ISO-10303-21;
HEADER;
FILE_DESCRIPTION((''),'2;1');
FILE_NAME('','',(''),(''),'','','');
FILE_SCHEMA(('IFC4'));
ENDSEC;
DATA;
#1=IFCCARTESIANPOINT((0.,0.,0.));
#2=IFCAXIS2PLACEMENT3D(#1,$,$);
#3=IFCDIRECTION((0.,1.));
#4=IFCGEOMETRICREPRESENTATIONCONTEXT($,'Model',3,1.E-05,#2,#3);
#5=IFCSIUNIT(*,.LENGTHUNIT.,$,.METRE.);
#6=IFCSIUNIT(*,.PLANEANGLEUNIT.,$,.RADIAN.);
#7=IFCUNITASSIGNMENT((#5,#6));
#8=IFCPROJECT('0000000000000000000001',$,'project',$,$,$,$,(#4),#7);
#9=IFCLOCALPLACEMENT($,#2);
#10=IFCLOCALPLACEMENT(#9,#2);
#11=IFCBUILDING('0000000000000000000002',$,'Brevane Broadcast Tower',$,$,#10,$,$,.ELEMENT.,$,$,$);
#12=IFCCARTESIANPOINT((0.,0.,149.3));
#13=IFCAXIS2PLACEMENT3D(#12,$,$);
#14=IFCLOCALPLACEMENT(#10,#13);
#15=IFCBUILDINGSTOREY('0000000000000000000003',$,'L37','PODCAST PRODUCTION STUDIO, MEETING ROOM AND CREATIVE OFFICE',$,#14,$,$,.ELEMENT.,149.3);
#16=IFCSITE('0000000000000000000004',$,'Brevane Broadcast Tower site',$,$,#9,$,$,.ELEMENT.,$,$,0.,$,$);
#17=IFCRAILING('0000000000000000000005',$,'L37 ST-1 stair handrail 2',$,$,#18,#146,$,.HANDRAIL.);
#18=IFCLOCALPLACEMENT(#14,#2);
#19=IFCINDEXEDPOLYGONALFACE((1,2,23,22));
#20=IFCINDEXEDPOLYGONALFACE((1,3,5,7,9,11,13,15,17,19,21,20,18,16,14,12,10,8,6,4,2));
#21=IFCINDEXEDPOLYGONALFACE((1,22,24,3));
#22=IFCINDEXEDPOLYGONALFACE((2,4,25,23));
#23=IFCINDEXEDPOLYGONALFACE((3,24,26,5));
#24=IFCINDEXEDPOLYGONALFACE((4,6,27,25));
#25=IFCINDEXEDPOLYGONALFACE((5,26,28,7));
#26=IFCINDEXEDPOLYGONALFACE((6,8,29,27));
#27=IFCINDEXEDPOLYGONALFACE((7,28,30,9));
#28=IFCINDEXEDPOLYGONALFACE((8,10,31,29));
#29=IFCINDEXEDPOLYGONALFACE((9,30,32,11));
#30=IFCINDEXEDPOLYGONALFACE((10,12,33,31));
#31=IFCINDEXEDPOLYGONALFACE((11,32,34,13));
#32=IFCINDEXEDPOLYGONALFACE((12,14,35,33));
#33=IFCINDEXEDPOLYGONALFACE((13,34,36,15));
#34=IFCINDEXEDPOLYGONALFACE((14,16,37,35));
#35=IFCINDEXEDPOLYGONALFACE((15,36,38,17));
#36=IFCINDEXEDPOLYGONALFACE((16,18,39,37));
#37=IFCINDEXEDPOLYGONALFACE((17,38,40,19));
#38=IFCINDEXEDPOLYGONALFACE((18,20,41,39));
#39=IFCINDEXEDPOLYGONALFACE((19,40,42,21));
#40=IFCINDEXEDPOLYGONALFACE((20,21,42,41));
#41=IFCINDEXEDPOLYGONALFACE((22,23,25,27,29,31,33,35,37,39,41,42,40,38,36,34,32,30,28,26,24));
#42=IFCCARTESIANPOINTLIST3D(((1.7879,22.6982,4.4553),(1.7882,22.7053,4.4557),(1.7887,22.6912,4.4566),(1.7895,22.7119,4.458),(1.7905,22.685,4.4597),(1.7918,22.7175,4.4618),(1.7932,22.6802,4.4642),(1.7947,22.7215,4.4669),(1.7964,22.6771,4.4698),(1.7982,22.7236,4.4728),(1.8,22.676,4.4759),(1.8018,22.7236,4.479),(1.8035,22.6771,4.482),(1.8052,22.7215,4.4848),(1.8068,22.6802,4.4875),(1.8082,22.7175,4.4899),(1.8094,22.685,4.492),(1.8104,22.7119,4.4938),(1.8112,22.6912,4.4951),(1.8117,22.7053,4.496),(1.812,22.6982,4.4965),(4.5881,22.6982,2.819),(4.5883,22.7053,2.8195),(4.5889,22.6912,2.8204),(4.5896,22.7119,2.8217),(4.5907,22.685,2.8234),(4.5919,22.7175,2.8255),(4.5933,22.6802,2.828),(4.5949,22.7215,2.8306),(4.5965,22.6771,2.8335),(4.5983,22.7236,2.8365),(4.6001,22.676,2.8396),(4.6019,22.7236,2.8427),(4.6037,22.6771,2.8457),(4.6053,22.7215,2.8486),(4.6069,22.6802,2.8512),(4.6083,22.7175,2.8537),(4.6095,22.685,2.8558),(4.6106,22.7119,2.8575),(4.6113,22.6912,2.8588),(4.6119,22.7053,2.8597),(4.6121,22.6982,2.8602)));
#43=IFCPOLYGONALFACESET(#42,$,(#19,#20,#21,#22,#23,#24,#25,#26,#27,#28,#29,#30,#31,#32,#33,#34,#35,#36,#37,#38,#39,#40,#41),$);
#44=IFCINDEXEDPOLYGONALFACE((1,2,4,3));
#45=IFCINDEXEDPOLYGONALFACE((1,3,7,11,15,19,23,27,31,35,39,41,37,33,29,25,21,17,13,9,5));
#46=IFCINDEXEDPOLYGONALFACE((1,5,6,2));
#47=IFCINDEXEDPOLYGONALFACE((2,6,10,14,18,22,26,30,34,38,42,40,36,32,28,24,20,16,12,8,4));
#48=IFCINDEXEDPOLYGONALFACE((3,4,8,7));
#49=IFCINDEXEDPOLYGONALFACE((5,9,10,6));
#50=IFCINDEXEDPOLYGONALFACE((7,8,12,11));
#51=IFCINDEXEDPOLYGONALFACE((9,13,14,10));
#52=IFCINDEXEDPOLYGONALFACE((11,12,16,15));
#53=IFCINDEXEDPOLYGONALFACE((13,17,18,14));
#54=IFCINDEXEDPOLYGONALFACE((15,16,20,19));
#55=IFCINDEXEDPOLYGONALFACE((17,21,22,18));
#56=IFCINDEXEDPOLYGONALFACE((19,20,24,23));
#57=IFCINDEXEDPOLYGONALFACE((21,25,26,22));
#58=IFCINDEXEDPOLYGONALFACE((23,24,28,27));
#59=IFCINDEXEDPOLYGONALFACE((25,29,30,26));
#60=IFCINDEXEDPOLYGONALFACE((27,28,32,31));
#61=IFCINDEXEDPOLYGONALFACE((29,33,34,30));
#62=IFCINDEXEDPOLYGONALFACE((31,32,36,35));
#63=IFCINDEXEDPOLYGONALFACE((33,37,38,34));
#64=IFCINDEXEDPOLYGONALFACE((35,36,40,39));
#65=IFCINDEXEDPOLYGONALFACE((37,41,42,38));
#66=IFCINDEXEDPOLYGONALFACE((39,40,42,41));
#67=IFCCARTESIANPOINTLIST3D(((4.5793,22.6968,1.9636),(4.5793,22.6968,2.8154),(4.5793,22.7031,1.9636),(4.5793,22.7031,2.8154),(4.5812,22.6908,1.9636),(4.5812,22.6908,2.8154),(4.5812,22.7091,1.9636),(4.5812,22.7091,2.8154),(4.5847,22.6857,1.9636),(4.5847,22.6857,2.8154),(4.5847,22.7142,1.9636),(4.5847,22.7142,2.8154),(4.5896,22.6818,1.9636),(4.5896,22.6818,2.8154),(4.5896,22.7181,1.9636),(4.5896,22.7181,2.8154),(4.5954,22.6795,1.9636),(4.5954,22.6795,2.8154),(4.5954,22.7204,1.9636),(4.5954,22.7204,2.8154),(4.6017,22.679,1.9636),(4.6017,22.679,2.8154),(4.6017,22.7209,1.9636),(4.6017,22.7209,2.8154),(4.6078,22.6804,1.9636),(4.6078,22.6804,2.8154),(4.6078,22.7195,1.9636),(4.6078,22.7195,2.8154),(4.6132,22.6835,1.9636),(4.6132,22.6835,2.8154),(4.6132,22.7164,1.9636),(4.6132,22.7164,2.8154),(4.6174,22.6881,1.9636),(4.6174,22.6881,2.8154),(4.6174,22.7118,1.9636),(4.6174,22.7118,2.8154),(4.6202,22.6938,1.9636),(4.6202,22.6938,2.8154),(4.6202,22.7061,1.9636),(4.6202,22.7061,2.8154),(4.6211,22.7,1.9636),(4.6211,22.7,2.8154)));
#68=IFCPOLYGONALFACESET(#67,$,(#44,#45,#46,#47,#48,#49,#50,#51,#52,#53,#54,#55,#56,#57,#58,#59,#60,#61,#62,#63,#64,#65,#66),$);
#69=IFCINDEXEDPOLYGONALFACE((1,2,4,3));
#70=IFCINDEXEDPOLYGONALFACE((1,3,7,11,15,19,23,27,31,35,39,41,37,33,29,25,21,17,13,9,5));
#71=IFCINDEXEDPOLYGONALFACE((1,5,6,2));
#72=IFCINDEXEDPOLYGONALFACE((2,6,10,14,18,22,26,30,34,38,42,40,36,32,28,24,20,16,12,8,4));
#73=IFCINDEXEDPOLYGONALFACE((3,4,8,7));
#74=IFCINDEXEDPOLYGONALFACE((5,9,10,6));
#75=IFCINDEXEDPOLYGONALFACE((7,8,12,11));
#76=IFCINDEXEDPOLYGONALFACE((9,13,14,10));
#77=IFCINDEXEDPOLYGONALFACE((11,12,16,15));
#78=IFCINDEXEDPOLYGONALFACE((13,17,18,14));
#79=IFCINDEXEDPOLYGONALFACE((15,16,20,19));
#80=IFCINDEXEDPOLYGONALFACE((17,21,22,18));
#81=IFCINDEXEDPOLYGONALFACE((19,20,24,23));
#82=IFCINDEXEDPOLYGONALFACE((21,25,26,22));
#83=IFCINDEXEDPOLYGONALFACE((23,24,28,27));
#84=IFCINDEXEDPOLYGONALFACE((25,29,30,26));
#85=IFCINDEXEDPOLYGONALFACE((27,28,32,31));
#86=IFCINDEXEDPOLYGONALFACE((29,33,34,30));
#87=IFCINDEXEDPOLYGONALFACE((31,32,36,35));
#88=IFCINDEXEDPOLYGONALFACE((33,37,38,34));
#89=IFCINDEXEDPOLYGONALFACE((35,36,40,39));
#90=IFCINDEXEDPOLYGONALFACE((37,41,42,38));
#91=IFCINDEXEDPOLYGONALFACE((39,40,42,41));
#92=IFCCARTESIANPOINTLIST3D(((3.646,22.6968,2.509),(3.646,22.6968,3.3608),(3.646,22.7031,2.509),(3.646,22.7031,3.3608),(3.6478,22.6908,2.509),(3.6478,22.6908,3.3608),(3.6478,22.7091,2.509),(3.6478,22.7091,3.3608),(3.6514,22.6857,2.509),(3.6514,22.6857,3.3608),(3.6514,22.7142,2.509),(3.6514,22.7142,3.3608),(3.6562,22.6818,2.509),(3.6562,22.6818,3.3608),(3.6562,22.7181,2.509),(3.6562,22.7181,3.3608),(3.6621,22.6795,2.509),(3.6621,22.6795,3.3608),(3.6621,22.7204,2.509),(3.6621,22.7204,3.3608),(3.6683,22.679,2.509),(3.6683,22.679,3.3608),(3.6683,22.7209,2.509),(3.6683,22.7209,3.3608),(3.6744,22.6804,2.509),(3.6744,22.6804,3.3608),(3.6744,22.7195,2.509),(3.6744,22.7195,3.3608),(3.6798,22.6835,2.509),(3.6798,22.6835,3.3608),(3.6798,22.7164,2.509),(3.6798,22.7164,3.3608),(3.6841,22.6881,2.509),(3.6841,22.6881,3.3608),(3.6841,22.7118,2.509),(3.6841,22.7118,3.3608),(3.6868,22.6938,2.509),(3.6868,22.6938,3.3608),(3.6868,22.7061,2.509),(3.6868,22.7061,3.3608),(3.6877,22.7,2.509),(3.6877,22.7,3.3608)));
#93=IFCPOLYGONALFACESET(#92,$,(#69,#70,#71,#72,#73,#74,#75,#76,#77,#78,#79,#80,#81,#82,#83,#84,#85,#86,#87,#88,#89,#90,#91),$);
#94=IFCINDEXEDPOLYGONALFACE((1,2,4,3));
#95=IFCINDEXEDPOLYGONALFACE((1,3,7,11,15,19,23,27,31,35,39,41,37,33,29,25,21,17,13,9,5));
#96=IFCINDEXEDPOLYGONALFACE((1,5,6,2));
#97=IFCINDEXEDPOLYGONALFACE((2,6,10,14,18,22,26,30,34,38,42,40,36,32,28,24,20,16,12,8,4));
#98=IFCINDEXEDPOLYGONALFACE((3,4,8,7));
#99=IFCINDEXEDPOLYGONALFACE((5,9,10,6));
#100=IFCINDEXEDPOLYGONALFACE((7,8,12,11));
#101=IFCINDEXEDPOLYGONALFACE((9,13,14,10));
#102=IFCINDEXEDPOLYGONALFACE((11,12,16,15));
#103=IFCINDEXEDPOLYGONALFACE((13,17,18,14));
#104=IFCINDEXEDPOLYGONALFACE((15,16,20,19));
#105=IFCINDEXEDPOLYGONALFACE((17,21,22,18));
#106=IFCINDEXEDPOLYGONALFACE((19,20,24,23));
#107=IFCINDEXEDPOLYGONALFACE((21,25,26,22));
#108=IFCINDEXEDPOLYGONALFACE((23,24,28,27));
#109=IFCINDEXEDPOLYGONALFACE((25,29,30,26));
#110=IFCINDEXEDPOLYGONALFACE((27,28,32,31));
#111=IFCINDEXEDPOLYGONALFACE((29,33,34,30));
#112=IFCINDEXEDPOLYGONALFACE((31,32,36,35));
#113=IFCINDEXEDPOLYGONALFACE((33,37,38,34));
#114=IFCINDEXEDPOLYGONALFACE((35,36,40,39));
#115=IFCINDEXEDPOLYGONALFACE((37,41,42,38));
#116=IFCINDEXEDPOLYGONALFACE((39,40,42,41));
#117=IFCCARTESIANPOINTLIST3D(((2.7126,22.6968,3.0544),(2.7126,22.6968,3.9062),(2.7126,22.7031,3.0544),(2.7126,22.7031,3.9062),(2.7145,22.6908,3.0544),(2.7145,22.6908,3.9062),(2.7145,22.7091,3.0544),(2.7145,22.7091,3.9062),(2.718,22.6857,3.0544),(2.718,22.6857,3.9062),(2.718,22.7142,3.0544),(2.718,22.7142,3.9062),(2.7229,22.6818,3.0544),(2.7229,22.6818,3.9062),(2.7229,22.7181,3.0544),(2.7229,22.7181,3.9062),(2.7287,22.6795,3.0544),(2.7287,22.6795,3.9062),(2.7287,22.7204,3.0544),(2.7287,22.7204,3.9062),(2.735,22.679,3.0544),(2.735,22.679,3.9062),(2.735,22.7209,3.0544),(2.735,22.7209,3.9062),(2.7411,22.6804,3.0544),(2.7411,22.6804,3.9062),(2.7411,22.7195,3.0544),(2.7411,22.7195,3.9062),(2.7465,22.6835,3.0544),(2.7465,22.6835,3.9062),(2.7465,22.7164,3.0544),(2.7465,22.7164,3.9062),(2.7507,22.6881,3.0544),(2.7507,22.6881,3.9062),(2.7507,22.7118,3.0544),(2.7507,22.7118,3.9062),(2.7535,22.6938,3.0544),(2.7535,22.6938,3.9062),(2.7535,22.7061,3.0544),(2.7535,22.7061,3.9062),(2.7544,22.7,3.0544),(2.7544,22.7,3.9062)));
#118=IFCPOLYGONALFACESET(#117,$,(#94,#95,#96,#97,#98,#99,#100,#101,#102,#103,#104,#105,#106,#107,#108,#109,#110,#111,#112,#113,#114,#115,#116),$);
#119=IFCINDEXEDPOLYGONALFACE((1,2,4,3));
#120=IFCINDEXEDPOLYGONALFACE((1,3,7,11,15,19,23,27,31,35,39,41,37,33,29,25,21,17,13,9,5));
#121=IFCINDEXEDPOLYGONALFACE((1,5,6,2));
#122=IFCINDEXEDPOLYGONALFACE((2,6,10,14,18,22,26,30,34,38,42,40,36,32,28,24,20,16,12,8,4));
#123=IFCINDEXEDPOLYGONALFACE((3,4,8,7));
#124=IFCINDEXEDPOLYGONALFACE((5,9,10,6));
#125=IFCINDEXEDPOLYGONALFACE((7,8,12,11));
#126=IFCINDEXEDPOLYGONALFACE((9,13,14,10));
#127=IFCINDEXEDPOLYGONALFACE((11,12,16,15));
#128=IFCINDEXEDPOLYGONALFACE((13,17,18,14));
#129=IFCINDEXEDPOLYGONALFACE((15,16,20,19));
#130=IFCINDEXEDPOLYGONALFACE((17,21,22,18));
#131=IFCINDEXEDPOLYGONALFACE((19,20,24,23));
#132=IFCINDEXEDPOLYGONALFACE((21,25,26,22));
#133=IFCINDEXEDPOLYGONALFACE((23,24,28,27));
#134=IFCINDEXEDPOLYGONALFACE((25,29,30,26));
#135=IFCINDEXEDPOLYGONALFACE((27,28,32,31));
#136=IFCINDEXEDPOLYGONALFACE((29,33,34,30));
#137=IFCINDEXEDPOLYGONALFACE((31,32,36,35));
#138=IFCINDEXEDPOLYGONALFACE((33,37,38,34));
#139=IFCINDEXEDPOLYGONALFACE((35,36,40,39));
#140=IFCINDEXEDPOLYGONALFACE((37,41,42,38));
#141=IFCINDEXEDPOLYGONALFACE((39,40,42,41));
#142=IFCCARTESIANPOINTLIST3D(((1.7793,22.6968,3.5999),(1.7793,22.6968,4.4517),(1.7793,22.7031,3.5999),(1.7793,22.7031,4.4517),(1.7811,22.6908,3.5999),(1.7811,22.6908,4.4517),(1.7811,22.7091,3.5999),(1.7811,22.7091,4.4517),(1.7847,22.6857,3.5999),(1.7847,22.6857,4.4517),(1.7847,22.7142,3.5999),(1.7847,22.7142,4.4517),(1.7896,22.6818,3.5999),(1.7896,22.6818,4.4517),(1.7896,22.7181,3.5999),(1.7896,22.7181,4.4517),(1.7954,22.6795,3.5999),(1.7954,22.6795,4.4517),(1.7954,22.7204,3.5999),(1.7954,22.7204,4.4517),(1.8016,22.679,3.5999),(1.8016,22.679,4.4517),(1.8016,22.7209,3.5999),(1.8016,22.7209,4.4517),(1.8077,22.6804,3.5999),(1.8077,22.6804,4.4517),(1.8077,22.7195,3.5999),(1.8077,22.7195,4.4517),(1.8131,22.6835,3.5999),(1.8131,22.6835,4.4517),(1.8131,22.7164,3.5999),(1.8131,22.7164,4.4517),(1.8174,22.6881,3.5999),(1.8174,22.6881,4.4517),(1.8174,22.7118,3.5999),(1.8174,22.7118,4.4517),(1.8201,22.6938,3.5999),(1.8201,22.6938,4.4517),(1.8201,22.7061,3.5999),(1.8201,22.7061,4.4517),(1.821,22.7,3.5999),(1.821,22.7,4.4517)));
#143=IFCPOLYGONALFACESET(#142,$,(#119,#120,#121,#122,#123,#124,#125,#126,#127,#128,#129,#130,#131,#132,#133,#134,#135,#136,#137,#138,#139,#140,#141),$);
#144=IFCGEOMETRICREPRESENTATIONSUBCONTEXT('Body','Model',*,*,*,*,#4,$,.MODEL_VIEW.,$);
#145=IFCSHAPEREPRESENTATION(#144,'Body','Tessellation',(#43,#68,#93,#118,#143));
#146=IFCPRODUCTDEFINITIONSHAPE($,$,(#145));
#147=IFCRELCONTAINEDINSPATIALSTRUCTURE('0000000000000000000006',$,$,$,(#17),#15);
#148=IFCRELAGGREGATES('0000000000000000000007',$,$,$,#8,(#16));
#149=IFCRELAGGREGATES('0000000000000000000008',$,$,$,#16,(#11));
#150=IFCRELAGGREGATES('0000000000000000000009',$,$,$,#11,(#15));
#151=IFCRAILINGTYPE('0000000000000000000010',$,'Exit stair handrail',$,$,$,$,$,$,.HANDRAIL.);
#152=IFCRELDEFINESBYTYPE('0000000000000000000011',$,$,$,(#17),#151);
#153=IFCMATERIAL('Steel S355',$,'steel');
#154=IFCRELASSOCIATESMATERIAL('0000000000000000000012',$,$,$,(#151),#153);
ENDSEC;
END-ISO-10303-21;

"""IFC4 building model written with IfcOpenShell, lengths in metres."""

from ifc_helpers import new_model, si_unit, direction, frame, origin, origin_2d, place, context, subcontext, project, spatial, circle, extrude, material, type_object, element, save


model = new_model("IFC4")

# Units and contexts
model_context = context("Model", 3, precision=1e-05, world=origin(), true_north=direction((0.0, 1.0)))
body_context = subcontext(model_context, "Body", "Model", "MODEL_VIEW")
ifc_project = project(units=[si_unit("LENGTHUNIT", "METRE"), si_unit("PLANEANGLEUNIT", "RADIAN")], contexts=[model_context])

# Site, building, storey
site_placement = place(None, origin())
site = spatial("IfcSite", under=ifc_project, at=site_placement, Name="Brevane Broadcast Tower site", CompositionType="ELEMENT", RefElevation=0.0)
building_placement = place(site_placement, origin())
building = spatial("IfcBuilding", under=site, at=building_placement, Name="Brevane Broadcast Tower", CompositionType="ELEMENT")
storey_placement = place(building_placement, frame((0.0, 0.0, 149.3)))
storey = spatial("IfcBuildingStorey", under=building, at=storey_placement, Name="L37", Description="PODCAST PRODUCTION STUDIO, MEETING ROOM AND CREATIVE OFFICE", CompositionType="ELEMENT", Elevation=149.3)

# Railing
ifc_material_1 = material(Name="Steel S355", Category="steel")
railing_type_1 = type_object("IfcRailingType", Name="Exit stair handrail", PredefinedType="HANDRAIL", material=ifc_material_1)
railing_1_placement = place(storey_placement, frame((4.6001, 22.7, 1.9636)))
element("IfcRailing", 1, at=railing_1_placement, inside=storey, type_object=railing_type_1, Name="L37 ST-1 stair handrail 2", PredefinedType="HANDRAIL", context=body_context, shape_type="SweptSolid", body=[
    extrude(circle(Radius=0.0239, at=origin_2d()), frame((0.0, 0.0, 0.876), z_axis=(-0.863394, 0.0, 0.504531), x_axis=(0.0, -1.0, 0.0)), (0.0, 0.0, 1.0), 3.2432),
    extrude(circle(Radius=0.021, at=origin_2d()), origin(), (0.0, 0.0, 1.0), 0.8518),
    extrude(circle(Radius=0.021, at=origin_2d()), frame((-0.9333, 0.0, 0.5454)), (0.0, 0.0, 1.0), 0.8518),
    extrude(circle(Radius=0.021, at=origin_2d()), frame((-1.8667, 0.0, 1.0908)), (0.0, 0.0, 1.0), 0.8518),
    extrude(circle(Radius=0.021, at=origin_2d()), frame((-2.8, 0.0, 1.6362)), (0.0, 0.0, 1.0), 0.8518),
])

save(model, "model.ifc")
